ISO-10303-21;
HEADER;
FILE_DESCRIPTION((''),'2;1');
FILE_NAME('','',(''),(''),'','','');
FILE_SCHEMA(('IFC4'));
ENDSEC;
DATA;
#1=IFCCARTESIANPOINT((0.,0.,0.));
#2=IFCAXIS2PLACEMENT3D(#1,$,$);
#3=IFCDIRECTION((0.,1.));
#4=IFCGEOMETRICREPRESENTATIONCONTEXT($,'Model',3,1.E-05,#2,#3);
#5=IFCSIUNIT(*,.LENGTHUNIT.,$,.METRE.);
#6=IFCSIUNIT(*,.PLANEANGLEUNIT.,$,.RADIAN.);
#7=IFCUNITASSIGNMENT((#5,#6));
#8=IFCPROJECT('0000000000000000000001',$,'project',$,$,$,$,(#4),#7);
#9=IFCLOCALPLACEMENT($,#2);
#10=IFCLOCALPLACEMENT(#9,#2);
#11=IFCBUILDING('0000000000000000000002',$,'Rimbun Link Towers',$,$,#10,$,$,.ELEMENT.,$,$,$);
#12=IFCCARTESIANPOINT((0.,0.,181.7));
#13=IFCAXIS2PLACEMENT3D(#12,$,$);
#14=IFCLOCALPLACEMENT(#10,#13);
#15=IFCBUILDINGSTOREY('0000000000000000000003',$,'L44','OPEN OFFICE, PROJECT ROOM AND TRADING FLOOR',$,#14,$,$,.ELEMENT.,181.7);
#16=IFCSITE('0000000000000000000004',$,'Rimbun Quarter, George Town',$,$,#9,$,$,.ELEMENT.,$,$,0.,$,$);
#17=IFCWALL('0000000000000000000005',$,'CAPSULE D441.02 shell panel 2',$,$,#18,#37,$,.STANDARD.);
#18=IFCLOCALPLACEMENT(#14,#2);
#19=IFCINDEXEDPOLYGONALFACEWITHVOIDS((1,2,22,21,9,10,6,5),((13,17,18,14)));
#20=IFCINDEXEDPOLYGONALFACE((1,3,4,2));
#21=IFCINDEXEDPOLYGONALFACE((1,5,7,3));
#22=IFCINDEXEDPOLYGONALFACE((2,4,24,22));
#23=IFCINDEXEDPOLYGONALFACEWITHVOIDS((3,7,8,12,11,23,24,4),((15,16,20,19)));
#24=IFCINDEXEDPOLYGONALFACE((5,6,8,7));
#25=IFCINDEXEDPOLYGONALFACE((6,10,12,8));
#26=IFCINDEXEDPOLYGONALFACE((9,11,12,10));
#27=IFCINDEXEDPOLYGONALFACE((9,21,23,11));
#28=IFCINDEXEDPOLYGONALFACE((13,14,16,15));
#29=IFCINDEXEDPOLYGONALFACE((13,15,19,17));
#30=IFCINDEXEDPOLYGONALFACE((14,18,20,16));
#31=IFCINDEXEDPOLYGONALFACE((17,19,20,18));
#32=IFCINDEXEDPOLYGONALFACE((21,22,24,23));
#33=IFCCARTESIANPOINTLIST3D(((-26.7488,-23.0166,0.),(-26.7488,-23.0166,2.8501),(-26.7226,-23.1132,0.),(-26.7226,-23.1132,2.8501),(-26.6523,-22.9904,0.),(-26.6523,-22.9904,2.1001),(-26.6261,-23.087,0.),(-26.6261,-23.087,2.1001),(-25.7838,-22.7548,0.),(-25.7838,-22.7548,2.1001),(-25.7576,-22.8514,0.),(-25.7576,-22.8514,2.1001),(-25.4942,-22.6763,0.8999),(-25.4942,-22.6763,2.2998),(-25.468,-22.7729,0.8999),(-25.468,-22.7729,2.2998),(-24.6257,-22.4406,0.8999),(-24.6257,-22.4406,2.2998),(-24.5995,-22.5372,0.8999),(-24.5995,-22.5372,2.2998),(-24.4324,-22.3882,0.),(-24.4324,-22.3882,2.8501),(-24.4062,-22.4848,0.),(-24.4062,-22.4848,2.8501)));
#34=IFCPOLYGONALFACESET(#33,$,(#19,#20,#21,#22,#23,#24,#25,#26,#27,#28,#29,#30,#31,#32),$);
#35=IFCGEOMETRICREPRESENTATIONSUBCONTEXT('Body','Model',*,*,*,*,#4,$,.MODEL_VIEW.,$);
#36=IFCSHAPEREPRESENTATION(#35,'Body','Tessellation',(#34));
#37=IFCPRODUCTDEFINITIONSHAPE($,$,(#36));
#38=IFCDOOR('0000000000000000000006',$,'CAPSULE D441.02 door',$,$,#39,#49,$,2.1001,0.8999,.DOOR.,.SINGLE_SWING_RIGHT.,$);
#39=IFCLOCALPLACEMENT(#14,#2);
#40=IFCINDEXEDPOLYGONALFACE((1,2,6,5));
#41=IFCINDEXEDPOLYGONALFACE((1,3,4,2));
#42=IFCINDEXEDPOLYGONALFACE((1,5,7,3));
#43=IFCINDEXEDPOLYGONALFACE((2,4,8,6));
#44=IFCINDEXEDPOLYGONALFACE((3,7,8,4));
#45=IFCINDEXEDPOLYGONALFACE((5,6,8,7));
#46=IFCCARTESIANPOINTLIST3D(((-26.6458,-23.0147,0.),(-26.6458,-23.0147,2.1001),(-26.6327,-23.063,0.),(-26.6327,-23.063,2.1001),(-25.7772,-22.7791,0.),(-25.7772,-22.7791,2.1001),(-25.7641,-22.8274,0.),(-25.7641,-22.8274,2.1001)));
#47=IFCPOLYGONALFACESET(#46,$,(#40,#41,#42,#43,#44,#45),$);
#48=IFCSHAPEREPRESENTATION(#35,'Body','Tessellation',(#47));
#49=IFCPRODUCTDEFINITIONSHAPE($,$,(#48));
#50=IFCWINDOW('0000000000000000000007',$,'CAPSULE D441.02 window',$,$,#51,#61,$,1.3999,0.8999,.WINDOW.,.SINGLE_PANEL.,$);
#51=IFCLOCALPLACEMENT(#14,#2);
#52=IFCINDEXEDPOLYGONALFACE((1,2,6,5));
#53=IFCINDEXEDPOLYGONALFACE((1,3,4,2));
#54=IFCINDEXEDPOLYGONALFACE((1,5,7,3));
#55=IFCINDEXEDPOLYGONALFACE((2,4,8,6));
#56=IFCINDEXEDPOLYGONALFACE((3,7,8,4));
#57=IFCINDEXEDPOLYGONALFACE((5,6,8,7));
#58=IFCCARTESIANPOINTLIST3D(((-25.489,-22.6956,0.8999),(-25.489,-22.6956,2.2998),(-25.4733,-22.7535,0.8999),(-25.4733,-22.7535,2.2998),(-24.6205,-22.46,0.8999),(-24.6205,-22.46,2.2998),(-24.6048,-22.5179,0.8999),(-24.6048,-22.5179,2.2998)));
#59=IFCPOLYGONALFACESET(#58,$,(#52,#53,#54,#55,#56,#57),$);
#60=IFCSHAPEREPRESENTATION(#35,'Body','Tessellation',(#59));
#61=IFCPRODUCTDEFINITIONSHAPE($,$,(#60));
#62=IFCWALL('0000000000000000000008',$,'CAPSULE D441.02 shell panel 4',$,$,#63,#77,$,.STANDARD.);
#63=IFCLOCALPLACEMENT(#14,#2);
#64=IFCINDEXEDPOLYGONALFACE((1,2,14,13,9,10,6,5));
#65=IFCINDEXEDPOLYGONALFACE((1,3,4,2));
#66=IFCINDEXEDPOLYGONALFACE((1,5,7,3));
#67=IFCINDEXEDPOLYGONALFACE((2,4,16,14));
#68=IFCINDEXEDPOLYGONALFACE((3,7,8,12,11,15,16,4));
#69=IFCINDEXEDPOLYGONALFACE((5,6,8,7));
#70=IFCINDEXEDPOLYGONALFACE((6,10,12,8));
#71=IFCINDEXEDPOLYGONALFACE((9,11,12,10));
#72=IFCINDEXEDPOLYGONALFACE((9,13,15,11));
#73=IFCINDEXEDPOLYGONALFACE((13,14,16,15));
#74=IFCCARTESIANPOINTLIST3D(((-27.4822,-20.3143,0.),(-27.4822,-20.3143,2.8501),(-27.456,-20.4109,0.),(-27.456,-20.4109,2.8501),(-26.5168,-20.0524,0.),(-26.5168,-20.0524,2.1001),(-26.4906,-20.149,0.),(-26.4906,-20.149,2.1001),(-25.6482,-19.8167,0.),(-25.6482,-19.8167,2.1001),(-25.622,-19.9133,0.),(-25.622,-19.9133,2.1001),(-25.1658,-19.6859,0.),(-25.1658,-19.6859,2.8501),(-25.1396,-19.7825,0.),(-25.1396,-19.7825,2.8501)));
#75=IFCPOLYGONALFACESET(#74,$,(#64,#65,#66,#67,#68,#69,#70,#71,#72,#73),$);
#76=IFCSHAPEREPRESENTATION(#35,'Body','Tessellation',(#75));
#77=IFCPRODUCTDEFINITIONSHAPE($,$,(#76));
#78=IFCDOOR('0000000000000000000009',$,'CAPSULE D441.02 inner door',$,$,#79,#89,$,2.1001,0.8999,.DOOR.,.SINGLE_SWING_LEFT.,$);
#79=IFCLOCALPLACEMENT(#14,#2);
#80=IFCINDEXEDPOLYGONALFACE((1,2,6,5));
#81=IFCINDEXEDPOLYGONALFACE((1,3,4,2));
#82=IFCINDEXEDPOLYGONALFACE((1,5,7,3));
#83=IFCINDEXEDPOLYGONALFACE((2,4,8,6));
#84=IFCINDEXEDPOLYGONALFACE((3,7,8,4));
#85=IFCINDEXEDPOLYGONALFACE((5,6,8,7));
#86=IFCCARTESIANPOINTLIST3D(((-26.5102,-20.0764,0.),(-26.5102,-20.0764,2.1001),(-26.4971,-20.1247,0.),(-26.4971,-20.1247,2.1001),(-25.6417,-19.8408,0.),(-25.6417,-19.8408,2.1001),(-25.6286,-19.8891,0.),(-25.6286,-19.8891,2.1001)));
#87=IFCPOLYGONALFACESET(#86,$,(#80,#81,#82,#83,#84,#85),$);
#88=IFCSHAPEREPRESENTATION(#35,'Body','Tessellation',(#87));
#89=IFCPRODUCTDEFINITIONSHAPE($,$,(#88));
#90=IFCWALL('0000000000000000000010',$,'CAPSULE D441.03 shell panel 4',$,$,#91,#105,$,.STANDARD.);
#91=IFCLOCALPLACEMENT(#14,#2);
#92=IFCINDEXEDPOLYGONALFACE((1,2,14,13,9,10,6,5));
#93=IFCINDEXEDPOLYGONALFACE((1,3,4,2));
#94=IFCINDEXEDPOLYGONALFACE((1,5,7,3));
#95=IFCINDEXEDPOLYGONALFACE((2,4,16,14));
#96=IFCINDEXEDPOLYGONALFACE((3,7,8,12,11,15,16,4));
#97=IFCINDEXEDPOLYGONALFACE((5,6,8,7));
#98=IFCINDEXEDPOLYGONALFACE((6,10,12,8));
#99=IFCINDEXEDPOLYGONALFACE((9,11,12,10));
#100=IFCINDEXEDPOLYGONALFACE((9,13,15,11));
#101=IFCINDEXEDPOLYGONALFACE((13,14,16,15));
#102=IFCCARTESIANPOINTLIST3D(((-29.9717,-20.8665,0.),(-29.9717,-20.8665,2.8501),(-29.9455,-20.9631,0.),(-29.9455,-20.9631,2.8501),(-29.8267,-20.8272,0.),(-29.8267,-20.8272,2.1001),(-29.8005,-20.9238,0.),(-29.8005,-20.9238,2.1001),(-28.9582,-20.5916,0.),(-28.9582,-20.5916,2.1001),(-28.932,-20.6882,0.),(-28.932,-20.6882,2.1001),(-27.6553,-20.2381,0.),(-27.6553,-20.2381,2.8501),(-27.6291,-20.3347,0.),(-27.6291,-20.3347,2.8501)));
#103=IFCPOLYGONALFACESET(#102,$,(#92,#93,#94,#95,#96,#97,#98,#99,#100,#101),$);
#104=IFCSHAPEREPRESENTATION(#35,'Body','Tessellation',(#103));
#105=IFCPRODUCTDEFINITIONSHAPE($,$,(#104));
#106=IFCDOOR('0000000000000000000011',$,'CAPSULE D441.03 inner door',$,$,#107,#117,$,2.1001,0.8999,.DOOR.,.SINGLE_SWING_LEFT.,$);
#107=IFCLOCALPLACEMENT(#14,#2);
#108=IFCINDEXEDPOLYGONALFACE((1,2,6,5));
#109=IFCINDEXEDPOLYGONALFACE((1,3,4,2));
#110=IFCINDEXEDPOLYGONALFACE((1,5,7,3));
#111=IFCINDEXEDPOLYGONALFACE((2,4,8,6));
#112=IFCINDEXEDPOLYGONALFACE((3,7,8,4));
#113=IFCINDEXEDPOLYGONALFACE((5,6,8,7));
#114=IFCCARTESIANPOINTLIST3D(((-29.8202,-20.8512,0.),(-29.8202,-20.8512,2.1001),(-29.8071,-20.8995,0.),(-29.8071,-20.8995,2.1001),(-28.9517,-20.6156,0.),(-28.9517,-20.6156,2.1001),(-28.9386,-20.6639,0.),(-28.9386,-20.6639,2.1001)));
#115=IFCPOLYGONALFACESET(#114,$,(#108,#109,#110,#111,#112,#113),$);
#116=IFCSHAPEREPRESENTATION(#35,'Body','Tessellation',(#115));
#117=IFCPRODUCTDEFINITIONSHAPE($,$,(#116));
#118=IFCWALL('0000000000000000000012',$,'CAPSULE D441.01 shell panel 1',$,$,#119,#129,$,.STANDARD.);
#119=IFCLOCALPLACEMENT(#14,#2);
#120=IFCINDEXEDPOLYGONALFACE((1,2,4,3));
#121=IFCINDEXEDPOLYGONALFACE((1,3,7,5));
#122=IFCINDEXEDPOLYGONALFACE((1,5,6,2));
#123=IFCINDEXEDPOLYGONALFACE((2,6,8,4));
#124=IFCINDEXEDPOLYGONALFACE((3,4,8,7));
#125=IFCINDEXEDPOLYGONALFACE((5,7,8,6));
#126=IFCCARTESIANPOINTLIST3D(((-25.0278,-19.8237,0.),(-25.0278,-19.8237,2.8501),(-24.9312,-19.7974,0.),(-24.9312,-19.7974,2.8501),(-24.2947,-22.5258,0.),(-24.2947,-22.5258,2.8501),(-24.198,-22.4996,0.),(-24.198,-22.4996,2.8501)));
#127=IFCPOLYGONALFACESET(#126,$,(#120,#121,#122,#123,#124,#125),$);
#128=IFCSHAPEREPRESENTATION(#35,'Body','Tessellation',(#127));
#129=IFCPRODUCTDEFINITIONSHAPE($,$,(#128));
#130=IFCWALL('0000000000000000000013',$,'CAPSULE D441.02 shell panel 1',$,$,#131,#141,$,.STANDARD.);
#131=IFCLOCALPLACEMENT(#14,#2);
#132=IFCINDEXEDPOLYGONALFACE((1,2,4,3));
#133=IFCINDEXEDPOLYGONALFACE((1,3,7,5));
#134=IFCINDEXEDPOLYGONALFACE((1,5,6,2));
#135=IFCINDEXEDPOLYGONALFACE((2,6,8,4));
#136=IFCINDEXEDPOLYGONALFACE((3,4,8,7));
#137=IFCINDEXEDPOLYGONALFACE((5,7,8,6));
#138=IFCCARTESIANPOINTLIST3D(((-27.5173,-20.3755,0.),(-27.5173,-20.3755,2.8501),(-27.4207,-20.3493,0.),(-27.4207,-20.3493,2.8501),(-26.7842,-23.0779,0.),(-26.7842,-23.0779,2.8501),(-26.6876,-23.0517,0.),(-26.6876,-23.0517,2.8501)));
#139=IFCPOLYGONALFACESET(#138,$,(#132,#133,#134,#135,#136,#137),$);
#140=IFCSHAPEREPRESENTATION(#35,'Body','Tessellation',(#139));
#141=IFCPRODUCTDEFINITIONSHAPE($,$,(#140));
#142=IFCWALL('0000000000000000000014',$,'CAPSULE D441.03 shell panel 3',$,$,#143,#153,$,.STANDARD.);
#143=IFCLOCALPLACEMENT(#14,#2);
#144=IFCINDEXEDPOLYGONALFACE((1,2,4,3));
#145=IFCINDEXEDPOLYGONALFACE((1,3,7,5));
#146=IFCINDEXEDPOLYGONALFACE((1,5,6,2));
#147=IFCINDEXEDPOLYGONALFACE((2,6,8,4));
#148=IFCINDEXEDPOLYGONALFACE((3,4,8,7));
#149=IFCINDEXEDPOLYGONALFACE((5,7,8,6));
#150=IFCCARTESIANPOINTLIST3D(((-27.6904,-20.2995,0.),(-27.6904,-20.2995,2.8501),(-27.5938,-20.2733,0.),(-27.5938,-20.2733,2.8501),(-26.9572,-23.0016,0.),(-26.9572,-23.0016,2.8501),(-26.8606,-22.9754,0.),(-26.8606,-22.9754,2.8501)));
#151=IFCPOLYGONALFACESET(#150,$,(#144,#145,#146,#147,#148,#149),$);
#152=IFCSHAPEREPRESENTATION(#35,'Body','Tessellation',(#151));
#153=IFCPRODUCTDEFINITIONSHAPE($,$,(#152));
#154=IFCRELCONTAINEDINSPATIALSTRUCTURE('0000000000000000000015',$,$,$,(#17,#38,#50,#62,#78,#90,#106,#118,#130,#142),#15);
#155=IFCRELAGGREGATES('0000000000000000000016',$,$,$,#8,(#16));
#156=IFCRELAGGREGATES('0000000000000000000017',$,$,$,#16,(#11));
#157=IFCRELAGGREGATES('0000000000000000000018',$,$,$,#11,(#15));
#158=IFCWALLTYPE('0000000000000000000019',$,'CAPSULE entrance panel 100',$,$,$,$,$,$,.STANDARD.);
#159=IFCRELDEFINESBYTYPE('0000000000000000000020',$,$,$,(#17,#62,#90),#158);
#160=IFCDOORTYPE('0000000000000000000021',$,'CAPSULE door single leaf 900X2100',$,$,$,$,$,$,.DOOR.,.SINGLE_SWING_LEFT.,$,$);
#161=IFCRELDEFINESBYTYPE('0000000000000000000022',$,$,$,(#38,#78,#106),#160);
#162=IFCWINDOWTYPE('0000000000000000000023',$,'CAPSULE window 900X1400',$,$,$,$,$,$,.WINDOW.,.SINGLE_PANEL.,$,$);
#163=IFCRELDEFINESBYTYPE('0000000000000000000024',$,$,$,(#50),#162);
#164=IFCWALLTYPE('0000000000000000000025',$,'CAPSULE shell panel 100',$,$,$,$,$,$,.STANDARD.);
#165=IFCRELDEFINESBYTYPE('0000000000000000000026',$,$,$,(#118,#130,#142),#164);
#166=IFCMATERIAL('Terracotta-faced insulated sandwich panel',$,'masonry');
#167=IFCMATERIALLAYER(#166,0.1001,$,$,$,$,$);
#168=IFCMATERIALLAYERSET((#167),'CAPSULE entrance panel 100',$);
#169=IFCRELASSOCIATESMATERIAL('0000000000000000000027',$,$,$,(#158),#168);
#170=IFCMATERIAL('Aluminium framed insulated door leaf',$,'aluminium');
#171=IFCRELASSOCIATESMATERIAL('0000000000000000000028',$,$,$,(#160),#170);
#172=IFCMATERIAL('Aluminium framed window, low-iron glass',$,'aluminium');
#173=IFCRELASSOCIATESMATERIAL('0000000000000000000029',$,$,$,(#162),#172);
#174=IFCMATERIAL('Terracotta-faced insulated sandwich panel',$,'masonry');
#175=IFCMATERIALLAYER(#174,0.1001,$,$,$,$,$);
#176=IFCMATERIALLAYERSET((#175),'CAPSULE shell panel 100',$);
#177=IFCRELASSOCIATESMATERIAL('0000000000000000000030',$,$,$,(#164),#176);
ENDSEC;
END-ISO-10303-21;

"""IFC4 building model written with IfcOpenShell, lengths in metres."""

from ifc_helpers import new_model, si_unit, direction, frame, frame_2d, origin, place, context, subcontext, project, spatial, rectangle, extrude, material, layer, layer_set, type_object, element, fill, save


model = new_model("IFC4")

# Units and contexts
model_context = context("Model", 3, precision=1e-05, world=origin(), true_north=direction((0.0, 1.0)))
body_context = subcontext(model_context, "Body", "Model", "MODEL_VIEW")
ifc_project = project(units=[si_unit("LENGTHUNIT", "METRE"), si_unit("PLANEANGLEUNIT", "RADIAN")], contexts=[model_context])

# Site, building, storey
site_placement = place(None, origin())
site = spatial("IfcSite", under=ifc_project, at=site_placement, Name="Rimbun Quarter, George Town", CompositionType="ELEMENT", RefElevation=0.0)
building_placement = place(site_placement, origin())
building = spatial("IfcBuilding", under=site, at=building_placement, Name="Rimbun Link Towers", CompositionType="ELEMENT")
storey_placement = place(building_placement, frame((0.0, 0.0, 181.7)))
storey = spatial("IfcBuildingStorey", under=building, at=storey_placement, Name="L44", Description="OPEN OFFICE, PROJECT ROOM AND TRADING FLOOR", CompositionType="ELEMENT", Elevation=181.7)

# Wall, openings, door, window
ifc_material_1 = material(Name="Terracotta-faced insulated sandwich panel", Category="masonry")
ifc_layer_1 = layer(ifc_material_1, 0.1001)
ifc_layer_set_1 = layer_set([ifc_layer_1], Name="CAPSULE entrance panel 100")
wall_type_1 = type_object("IfcWallType", Name="CAPSULE entrance panel 100", PredefinedType="STANDARD", material=ifc_layer_set_1)
wall_1_placement = place(storey_placement, frame((-26.7358, -23.0649, 0.0), z_axis=(0.0, 0.0, 1.0), x_axis=(0.965115, 0.261826, 0.0)))
wall_1 = element("IfcWall", 1, at=wall_1_placement, inside=storey, type_object=wall_type_1, Name="CAPSULE D441.02 shell panel 2", PredefinedType="STANDARD", context=body_context, shape_type="SweptSolid", body=[
    extrude(rectangle(XDim=2.4001, YDim=0.1001, at=frame_2d((1.2002, 0.0))), origin(), (0.0, 0.0, 1.0), 2.8501),
])
opening_1_placement = place(wall_1_placement, frame((0.1001, 0.0, 0.0)))
opening_1 = element("IfcOpeningElement", 2, at=opening_1_placement, cuts=wall_1, PredefinedType="OPENING", context=body_context, shape_type="SweptSolid", body=[
    extrude(rectangle(XDim=0.8999, YDim=2.1001, at=frame_2d((0.45, 1.05))), frame((0.0, 0.0601, 0.0), z_axis=(0.0, -1.0, 0.0), x_axis=(1.0, 0.0, 0.0)), (0.0, 0.0, 1.0), 0.1201),
])
opening_2_placement = place(wall_1_placement, frame((1.3, 0.0, 0.8999)))
opening_2 = element("IfcOpeningElement", 3, at=opening_2_placement, cuts=wall_1, PredefinedType="OPENING", context=body_context, shape_type="SweptSolid", body=[
    extrude(rectangle(XDim=0.8999, YDim=1.3999, at=frame_2d((0.45, 0.7))), frame((0.0, 0.0601, 0.0), z_axis=(0.0, -1.0, 0.0), x_axis=(1.0, 0.0, 0.0)), (0.0, 0.0, 1.0), 0.1201),
])
ifc_material_2 = material(Name="Aluminium framed insulated door leaf", Category="aluminium")
door_type_1 = type_object("IfcDoorType", Name="CAPSULE door single leaf 900X2100", OperationType="SINGLE_SWING_LEFT", PredefinedType="DOOR", material=ifc_material_2)
door_1_placement = place(opening_1_placement, origin())
door_1 = element("IfcDoor", 4, at=door_1_placement, inside=storey, type_object=door_type_1, Name="CAPSULE D441.02 door", OperationType="SINGLE_SWING_RIGHT", OverallHeight=2.1001, OverallWidth=0.8999, PredefinedType="DOOR", context=body_context, shape_type="SweptSolid", body=[
    extrude(rectangle(XDim=0.8999, YDim=2.1001, at=frame_2d((0.45, 1.05))), frame((0.0, 0.0249, 0.0), z_axis=(0.0, -1.0, 0.0), x_axis=(1.0, 0.0, 0.0)), (0.0, 0.0, 1.0), 0.05),
])
fill(opening_1, door_1)
ifc_material_3 = material(Name="Aluminium framed window, low-iron glass", Category="aluminium")
window_type = type_object("IfcWindowType", Name="CAPSULE window 900X1400", PartitioningType="SINGLE_PANEL", PredefinedType="WINDOW", material=ifc_material_3)
window_placement = place(opening_2_placement, origin())
window = element("IfcWindow", 5, at=window_placement, inside=storey, type_object=window_type, Name="CAPSULE D441.02 window", OverallHeight=1.3999, OverallWidth=0.8999, PartitioningType="SINGLE_PANEL", PredefinedType="WINDOW", context=body_context, shape_type="SweptSolid", body=[
    extrude(rectangle(XDim=0.8999, YDim=1.3999, at=frame_2d((0.45, 0.7))), frame((0.0, 0.03, 0.0), z_axis=(0.0, -1.0, 0.0), x_axis=(1.0, 0.0, 0.0)), (0.0, 0.0, 1.0), 0.0601),
])
fill(opening_2, window)

# Walls, openings, doors
wall_2_placement = place(storey_placement, frame((-25.1526, -19.7341, 0.0), z_axis=(0.0, 0.0, 1.0), x_axis=(-0.965115, -0.261826, 0.0)))
wall_2 = element("IfcWall", 6, at=wall_2_placement, inside=storey, type_object=wall_type_1, Name="CAPSULE D441.02 shell panel 4", PredefinedType="STANDARD", context=body_context, shape_type="SweptSolid", body=[
    extrude(rectangle(XDim=2.4001, YDim=0.1001, at=frame_2d((1.2002, 0.0))), origin(), (0.0, 0.0, 1.0), 2.8501),
])
opening_3_placement = place(wall_2_placement, frame((0.5, 0.0, 0.0)))
opening_3 = element("IfcOpeningElement", 7, at=opening_3_placement, cuts=wall_2, PredefinedType="OPENING", context=body_context, shape_type="SweptSolid", body=[
    extrude(rectangle(XDim=0.8999, YDim=2.1001, at=frame_2d((0.45, 1.05))), frame((0.0, 0.0601, 0.0), z_axis=(0.0, -1.0, 0.0), x_axis=(1.0, 0.0, 0.0)), (0.0, 0.0, 1.0), 0.1201),
])
door_2_placement = place(opening_3_placement, origin())
door_2 = element("IfcDoor", 8, at=door_2_placement, inside=storey, type_object=door_type_1, Name="CAPSULE D441.02 inner door", OperationType="SINGLE_SWING_LEFT", OverallHeight=2.1001, OverallWidth=0.8999, PredefinedType="DOOR", context=body_context, shape_type="SweptSolid", body=[
    extrude(rectangle(XDim=0.8999, YDim=2.1001, at=frame_2d((0.45, 1.05))), frame((0.0, 0.0249, 0.0), z_axis=(0.0, -1.0, 0.0), x_axis=(1.0, 0.0, 0.0)), (0.0, 0.0, 1.0), 0.05),
])
fill(opening_3, door_2)
wall_3_placement = place(storey_placement, frame((-27.6421, -20.2864, 0.0), z_axis=(0.0, 0.0, 1.0), x_axis=(-0.965115, -0.261826, 0.0)))
wall_3 = element("IfcWall", 9, at=wall_3_placement, inside=storey, type_object=wall_type_1, Name="CAPSULE D441.03 shell panel 4", PredefinedType="STANDARD", context=body_context, shape_type="SweptSolid", body=[
    extrude(rectangle(XDim=2.4001, YDim=0.1001, at=frame_2d((1.2002, 0.0))), origin(), (0.0, 0.0, 1.0), 2.8501),
])
opening_4_placement = place(wall_3_placement, frame((1.3501, 0.0, 0.0)))
opening_4 = element("IfcOpeningElement", 10, at=opening_4_placement, cuts=wall_3, PredefinedType="OPENING", context=body_context, shape_type="SweptSolid", body=[
    extrude(rectangle(XDim=0.8999, YDim=2.1001, at=frame_2d((0.45, 1.05))), frame((0.0, 0.0601, 0.0), z_axis=(0.0, -1.0, 0.0), x_axis=(1.0, 0.0, 0.0)), (0.0, 0.0, 1.0), 0.1201),
])
door_3_placement = place(opening_4_placement, origin())
door_3 = element("IfcDoor", 11, at=door_3_placement, inside=storey, type_object=door_type_1, Name="CAPSULE D441.03 inner door", OperationType="SINGLE_SWING_LEFT", OverallHeight=2.1001, OverallWidth=0.8999, PredefinedType="DOOR", context=body_context, shape_type="SweptSolid", body=[
    extrude(rectangle(XDim=0.8999, YDim=2.1001, at=frame_2d((0.45, 1.05))), frame((0.0, 0.0249, 0.0), z_axis=(0.0, -1.0, 0.0), x_axis=(1.0, 0.0, 0.0)), (0.0, 0.0, 1.0), 0.05),
])
fill(opening_4, door_3)

# Walls
ifc_material_4 = material(Name="Terracotta-faced insulated sandwich panel", Category="masonry")
ifc_layer_2 = layer(ifc_material_4, 0.1001)
ifc_layer_set_2 = layer_set([ifc_layer_2], Name="CAPSULE shell panel 100")
wall_type_2 = type_object("IfcWallType", Name="CAPSULE shell panel 100", PredefinedType="STANDARD", material=ifc_layer_set_2)
wall_4_placement = place(storey_placement, frame((-24.9795, -19.8105, 0.0), z_axis=(0.0, 0.0, 1.0), x_axis=(0.261855, -0.965107, 0.0)))
element("IfcWall", 12, at=wall_4_placement, inside=storey, type_object=wall_type_2, Name="CAPSULE D441.01 shell panel 1", PredefinedType="STANDARD", context=body_context, shape_type="SweptSolid", body=[
    extrude(rectangle(XDim=2.7998, YDim=0.1001, at=frame_2d((1.3999, 0.0))), origin(), (0.0, 0.0, 1.0), 2.8501),
])
wall_5_placement = place(storey_placement, frame((-27.469, -20.3625, 0.0), z_axis=(0.0, 0.0, 1.0), x_axis=(0.261833, -0.965113, 0.0)))
element("IfcWall", 13, at=wall_5_placement, inside=storey, type_object=wall_type_2, Name="CAPSULE D441.02 shell panel 1", PredefinedType="STANDARD", context=body_context, shape_type="SweptSolid", body=[
    extrude(rectangle(XDim=2.8, YDim=0.1001, at=frame_2d((1.3999, 0.0))), origin(), (0.0, 0.0, 1.0), 2.8501),
])
wall_6_placement = place(storey_placement, frame((-26.9089, -22.9885, 0.0), z_axis=(0.0, 0.0, 1.0), x_axis=(-0.261855, 0.965107, 0.0)))
element("IfcWall", 14, at=wall_6_placement, inside=storey, type_object=wall_type_2, Name="CAPSULE D441.03 shell panel 3", PredefinedType="STANDARD", context=body_context, shape_type="SweptSolid", body=[
    extrude(rectangle(XDim=2.7998, YDim=0.1001, at=frame_2d((1.3999, 0.0))), origin(), (0.0, 0.0, 1.0), 2.8501),
])

save(model, "model.ifc")
